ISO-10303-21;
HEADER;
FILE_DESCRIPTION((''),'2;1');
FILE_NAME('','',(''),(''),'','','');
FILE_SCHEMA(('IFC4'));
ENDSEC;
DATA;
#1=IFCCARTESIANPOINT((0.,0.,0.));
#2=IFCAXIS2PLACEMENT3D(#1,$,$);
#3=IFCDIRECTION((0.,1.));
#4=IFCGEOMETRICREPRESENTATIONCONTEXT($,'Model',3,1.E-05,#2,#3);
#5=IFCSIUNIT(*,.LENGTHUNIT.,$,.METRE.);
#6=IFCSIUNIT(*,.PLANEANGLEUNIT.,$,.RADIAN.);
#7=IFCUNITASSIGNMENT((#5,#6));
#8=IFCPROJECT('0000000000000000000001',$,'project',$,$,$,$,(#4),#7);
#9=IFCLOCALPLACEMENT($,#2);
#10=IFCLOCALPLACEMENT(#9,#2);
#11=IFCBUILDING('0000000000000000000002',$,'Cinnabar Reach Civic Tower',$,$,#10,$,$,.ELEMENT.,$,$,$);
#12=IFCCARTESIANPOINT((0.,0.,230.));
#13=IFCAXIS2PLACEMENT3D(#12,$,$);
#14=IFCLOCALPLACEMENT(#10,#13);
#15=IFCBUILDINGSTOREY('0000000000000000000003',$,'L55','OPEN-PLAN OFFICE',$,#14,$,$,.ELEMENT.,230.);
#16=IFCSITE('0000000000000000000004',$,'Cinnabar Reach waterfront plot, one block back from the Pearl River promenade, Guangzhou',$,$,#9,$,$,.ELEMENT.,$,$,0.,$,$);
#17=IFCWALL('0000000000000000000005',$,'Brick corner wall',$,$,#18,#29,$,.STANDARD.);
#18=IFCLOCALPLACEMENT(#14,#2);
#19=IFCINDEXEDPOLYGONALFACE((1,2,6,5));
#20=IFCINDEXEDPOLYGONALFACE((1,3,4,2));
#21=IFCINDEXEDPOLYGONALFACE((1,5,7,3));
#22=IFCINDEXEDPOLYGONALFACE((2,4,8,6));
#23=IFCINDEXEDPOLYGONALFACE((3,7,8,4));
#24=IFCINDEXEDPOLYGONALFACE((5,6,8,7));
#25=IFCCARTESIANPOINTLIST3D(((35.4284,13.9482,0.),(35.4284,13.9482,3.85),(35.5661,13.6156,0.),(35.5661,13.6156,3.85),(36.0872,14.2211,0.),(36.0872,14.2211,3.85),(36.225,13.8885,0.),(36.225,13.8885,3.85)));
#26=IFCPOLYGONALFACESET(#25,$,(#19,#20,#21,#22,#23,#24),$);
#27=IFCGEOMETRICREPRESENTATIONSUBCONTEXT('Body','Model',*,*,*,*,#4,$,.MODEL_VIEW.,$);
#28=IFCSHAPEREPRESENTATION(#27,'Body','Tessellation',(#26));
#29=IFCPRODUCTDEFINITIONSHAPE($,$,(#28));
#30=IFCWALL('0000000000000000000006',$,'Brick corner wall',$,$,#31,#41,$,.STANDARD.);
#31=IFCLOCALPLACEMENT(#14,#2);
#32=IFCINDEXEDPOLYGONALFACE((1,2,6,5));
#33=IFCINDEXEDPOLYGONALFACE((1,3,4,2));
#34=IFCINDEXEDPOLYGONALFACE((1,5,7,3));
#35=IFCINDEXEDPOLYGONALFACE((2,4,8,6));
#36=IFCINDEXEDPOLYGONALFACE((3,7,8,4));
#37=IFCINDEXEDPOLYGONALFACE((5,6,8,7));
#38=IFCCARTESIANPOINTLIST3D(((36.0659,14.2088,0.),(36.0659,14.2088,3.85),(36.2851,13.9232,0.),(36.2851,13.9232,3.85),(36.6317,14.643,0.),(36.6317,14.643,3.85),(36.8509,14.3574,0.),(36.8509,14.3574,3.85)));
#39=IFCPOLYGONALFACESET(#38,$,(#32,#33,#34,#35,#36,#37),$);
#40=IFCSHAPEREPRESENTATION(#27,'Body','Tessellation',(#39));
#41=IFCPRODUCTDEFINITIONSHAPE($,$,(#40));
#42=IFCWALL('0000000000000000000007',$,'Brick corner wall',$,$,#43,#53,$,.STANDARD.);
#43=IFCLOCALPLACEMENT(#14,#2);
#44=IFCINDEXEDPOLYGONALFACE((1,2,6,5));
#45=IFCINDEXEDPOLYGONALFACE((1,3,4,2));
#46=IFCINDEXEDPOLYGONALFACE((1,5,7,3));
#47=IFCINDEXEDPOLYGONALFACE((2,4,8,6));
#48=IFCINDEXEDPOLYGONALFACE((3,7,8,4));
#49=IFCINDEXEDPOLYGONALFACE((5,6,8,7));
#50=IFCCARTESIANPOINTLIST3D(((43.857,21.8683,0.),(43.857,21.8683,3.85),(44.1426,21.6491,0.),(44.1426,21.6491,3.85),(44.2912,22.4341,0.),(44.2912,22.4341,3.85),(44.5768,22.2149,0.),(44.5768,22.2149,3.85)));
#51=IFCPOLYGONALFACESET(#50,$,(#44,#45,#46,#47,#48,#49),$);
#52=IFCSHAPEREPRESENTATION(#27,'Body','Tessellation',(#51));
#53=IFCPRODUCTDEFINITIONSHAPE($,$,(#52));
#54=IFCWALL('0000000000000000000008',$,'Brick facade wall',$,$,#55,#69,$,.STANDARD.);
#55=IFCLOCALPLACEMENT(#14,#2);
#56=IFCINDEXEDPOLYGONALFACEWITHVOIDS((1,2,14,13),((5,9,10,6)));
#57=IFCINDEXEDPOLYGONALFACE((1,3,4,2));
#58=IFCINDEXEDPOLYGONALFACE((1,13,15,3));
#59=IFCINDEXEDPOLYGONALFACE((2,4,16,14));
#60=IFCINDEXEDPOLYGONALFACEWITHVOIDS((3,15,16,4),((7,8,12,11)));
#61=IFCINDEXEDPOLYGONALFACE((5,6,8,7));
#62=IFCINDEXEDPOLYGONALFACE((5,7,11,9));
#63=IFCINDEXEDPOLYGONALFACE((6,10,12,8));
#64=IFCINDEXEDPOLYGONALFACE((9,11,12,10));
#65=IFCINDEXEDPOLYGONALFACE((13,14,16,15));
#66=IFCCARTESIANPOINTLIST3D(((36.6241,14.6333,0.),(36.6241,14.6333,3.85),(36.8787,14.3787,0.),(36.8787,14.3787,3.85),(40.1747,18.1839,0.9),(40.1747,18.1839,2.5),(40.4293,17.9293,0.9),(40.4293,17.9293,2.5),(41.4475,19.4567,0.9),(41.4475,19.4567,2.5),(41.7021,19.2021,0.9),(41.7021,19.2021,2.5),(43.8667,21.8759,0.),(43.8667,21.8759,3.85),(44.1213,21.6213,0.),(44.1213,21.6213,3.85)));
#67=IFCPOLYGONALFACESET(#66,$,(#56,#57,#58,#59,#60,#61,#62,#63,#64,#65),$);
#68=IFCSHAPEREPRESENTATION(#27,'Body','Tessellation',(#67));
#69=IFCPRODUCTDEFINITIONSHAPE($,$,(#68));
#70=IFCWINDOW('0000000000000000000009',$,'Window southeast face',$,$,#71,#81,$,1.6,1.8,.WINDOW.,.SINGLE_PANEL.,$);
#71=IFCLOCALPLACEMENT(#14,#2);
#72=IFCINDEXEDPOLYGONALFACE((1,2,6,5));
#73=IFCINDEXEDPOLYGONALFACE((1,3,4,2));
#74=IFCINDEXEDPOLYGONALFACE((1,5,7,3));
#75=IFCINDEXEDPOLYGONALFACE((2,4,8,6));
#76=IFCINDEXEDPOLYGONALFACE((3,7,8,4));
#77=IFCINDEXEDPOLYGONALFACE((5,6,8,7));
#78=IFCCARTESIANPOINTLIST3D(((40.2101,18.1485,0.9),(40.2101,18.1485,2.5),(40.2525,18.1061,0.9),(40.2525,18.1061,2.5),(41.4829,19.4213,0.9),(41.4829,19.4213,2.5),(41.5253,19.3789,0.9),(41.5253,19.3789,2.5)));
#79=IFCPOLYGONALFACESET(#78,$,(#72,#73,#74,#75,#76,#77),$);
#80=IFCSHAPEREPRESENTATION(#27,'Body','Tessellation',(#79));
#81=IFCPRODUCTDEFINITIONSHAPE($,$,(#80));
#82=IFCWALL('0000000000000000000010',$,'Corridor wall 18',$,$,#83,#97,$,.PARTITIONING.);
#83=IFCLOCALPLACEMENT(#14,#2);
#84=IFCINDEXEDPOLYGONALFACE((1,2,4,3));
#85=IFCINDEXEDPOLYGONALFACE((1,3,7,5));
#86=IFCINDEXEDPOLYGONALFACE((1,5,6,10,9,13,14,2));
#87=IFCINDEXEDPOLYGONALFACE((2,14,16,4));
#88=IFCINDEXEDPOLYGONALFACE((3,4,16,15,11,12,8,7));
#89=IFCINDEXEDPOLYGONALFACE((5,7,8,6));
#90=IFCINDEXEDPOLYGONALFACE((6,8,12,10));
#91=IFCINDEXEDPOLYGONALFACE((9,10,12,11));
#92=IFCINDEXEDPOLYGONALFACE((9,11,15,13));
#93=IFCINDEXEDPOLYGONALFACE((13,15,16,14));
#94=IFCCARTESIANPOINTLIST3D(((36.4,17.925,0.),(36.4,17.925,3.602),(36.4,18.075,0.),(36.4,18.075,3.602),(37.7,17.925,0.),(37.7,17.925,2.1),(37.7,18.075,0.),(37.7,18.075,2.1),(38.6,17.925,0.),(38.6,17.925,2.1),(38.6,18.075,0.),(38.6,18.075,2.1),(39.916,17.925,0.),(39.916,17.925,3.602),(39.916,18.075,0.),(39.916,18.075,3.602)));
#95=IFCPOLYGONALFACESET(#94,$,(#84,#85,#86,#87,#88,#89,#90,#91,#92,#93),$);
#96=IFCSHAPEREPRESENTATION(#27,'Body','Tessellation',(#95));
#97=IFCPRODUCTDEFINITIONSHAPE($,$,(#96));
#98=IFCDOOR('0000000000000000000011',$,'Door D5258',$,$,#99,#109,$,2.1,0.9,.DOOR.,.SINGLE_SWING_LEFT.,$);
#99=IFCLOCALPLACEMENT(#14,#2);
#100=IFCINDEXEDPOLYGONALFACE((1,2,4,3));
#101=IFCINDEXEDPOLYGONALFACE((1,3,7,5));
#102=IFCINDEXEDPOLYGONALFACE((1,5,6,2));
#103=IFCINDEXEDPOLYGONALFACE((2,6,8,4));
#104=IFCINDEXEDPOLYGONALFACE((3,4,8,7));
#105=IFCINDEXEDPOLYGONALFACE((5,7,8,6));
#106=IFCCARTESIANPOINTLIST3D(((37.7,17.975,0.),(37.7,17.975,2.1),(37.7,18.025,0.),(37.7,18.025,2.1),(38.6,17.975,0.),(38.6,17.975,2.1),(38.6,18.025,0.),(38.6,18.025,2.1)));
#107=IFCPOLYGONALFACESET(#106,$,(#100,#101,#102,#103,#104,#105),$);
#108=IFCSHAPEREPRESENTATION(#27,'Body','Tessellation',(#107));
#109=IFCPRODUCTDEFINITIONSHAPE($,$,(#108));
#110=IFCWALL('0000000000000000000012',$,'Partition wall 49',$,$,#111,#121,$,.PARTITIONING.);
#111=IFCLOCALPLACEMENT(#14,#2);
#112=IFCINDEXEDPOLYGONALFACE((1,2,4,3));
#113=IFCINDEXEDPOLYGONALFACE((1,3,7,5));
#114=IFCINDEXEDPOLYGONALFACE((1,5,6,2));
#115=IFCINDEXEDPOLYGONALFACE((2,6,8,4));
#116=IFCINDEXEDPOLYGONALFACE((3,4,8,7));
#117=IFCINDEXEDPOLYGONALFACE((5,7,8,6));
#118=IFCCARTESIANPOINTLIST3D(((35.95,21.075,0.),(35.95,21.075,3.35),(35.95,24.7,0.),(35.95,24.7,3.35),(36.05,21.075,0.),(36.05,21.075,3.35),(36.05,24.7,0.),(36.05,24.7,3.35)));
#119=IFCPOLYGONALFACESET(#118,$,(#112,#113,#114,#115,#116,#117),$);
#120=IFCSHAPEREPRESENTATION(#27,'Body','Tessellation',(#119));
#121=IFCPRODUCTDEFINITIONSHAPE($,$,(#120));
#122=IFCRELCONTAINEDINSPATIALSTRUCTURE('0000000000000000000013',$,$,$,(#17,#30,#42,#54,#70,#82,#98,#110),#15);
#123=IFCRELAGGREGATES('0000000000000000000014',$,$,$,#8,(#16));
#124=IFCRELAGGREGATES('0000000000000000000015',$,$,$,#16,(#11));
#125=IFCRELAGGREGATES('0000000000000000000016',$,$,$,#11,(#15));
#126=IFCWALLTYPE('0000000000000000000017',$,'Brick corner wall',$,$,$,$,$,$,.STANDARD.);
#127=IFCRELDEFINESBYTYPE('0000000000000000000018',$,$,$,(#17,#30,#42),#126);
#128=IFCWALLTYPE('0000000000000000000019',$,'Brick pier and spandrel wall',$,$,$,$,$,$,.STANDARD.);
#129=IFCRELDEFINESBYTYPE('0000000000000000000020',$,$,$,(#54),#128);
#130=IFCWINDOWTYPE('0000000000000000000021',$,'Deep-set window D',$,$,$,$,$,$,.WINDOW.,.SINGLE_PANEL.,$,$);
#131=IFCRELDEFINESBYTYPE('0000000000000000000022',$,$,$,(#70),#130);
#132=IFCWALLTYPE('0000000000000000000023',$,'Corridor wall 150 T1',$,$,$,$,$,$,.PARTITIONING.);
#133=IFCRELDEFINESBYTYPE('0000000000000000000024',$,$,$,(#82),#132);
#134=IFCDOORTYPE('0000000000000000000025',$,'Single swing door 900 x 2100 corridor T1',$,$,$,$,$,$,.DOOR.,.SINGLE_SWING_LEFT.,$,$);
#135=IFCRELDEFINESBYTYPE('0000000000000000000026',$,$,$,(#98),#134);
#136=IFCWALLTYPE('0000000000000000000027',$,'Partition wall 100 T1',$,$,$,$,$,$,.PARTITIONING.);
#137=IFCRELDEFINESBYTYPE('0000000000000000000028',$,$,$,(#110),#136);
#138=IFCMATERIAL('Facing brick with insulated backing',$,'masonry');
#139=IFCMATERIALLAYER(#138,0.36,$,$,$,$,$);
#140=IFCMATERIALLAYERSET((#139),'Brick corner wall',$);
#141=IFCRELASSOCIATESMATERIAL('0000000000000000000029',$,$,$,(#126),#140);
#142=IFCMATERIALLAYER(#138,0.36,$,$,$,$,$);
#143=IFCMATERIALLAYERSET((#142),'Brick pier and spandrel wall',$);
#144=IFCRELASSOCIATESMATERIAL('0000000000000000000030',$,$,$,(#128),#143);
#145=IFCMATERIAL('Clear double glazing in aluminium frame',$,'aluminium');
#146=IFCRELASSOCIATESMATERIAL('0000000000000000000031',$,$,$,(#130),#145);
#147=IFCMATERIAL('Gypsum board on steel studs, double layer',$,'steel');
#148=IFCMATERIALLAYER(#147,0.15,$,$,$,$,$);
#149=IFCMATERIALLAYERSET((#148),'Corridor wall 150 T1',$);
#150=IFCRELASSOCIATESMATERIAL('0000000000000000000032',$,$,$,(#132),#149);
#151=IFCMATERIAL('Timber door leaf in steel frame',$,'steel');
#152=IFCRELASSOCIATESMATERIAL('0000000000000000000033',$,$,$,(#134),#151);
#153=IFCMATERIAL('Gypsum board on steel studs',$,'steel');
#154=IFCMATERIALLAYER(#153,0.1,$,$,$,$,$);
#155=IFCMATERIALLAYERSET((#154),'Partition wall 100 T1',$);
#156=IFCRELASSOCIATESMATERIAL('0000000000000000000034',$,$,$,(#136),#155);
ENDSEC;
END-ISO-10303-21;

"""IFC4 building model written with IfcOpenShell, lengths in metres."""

from ifc_helpers import new_model, si_unit, direction, frame, frame_2d, origin, place, context, subcontext, project, spatial, rectangle, extrude, material, layer, layer_set, type_object, element, fill, save


model = new_model("IFC4")

# Units and contexts
model_context = context("Model", 3, precision=1e-05, world=origin(), true_north=direction((0.0, 1.0)))
body_context = subcontext(model_context, "Body", "Model", "MODEL_VIEW")
ifc_project = project(units=[si_unit("LENGTHUNIT", "METRE"), si_unit("PLANEANGLEUNIT", "RADIAN")], contexts=[model_context])

# Site, building, storey
site_placement = place(None, origin())
site = spatial("IfcSite", under=ifc_project, at=site_placement, Name="Cinnabar Reach waterfront plot, one block back from the Pearl River promenade, Guangzhou", CompositionType="ELEMENT", RefElevation=0.0)
building_placement = place(site_placement, origin())
building = spatial("IfcBuilding", under=site, at=building_placement, Name="Cinnabar Reach Civic Tower", CompositionType="ELEMENT")
storey_placement = place(building_placement, frame((0.0, 0.0, 230.0)))
storey = spatial("IfcBuildingStorey", under=building, at=storey_placement, Name="L55", Description="OPEN-PLAN OFFICE", CompositionType="ELEMENT", Elevation=230.0)

# Walls
ifc_material_1 = material(Name="Facing brick with insulated backing", Category="masonry")
ifc_layer_1 = layer(ifc_material_1, 0.36)
ifc_layer_set_1 = layer_set([ifc_layer_1], Name="Brick corner wall")
wall_type_1 = type_object("IfcWallType", Name="Brick corner wall", PredefinedType="STANDARD", material=ifc_layer_set_1)
wall_1_placement = place(storey_placement, frame((35.4973, 13.7819, 0.0), z_axis=(0.0, 0.0, 1.0), x_axis=(0.923872, 0.382703, 0.0)))
element("IfcWall", 1, at=wall_1_placement, inside=storey, type_object=wall_type_1, Name="Brick corner wall", PredefinedType="STANDARD", context=body_context, shape_type="SweptSolid", body=[
    extrude(rectangle(XDim=0.7131, YDim=0.36, at=frame_2d((0.3565, 0.0))), origin(), (0.0, 0.0, 1.0), 3.85),
])
for number, where, z_axis, x_axis, name in (
    (2, (36.1755, 14.066, 0.0), (0.0, 0.0, 1.0), (0.793322, 0.608802, 0.0), "Brick corner wall"),
    (3, (43.9998, 21.7587, 0.0), (0.0, 0.0, 1.0), (0.608802, 0.793322, 0.0), "Brick corner wall"),
):
    element("IfcWall", number, at=place(storey_placement, frame(where, z_axis=z_axis, x_axis=x_axis)), inside=storey, type_object=wall_type_1, Name=name, PredefinedType="STANDARD", context=body_context, shape_type="SweptSolid", body=[
        extrude(rectangle(XDim=0.7132, YDim=0.36, at=frame_2d((0.3566, 0.0))), origin(), (0.0, 0.0, 1.0), 3.85),
    ])

# Wall, opening, window
ifc_layer_2 = layer(ifc_material_1, 0.36)
ifc_layer_set_2 = layer_set([ifc_layer_2], Name="Brick pier and spandrel wall")
wall_type_2 = type_object("IfcWallType", Name="Brick pier and spandrel wall", PredefinedType="STANDARD", material=ifc_layer_set_2)
wall_2_placement = place(storey_placement, frame((36.7514, 14.506, 0.0), z_axis=(0.0, 0.0, 1.0), x_axis=(0.707107, 0.707107, 0.0)))
wall_2 = element("IfcWall", 4, at=wall_2_placement, inside=storey, type_object=wall_type_2, Name="Brick facade wall", PredefinedType="STANDARD", context=body_context, shape_type="SweptSolid", body=[
    extrude(rectangle(XDim=10.2426, YDim=0.36, at=frame_2d((5.1213, 0.0))), origin(), (0.0, 0.0, 1.0), 3.85),
])
opening_1_placement = place(wall_2_placement, frame((5.0213, 0.0, 0.9)))
opening_1 = element("IfcOpeningElement", 5, at=opening_1_placement, cuts=wall_2, PredefinedType="OPENING", context=body_context, shape_type="SweptSolid", body=[
    extrude(rectangle(XDim=1.8, YDim=1.6, at=frame_2d((0.9, 0.8))), frame((0.0, 0.19, 0.0), z_axis=(0.0, -1.0, 0.0), x_axis=(1.0, 0.0, 0.0)), (0.0, 0.0, 1.0), 0.38),
])
ifc_material_2 = material(Name="Clear double glazing in aluminium frame", Category="aluminium")
window_type = type_object("IfcWindowType", Name="Deep-set window D", PartitioningType="SINGLE_PANEL", PredefinedType="WINDOW", material=ifc_material_2)
window_placement = place(opening_1_placement, origin())
window = element("IfcWindow", 6, at=window_placement, inside=storey, type_object=window_type, Name="Window southeast face", OverallHeight=1.6, OverallWidth=1.8, PartitioningType="SINGLE_PANEL", PredefinedType="WINDOW", context=body_context, shape_type="SweptSolid", body=[
    extrude(rectangle(XDim=1.8, YDim=1.6, at=frame_2d((0.9, 0.8))), frame((0.0, 0.13, 0.0), z_axis=(0.0, -1.0, 0.0), x_axis=(1.0, 0.0, 0.0)), (0.0, 0.0, 1.0), 0.06),
])
fill(opening_1, window)

# Wall, opening, door
ifc_material_3 = material(Name="Gypsum board on steel studs, double layer", Category="steel")
ifc_layer_3 = layer(ifc_material_3, 0.15)
ifc_layer_set_3 = layer_set([ifc_layer_3], Name="Corridor wall 150 T1")
wall_type_3 = type_object("IfcWallType", Name="Corridor wall 150 T1", PredefinedType="PARTITIONING", material=ifc_layer_set_3)
wall_3_placement = place(storey_placement, frame((36.4, 18.0, 0.0), z_axis=(0.0, 0.0, 1.0), x_axis=(1.0, 0.0, 0.0)))
wall_3 = element("IfcWall", 7, at=wall_3_placement, inside=storey, type_object=wall_type_3, Name="Corridor wall 18", PredefinedType="PARTITIONING", context=body_context, shape_type="SweptSolid", body=[
    extrude(rectangle(XDim=3.516, YDim=0.15, at=frame_2d((1.758, 0.0))), origin(), (0.0, 0.0, 1.0), 3.602),
])
opening_2_placement = place(wall_3_placement, frame((1.3, 0.0, 0.0)))
opening_2 = element("IfcOpeningElement", 8, at=opening_2_placement, cuts=wall_3, PredefinedType="OPENING", context=body_context, shape_type="SweptSolid", body=[
    extrude(rectangle(XDim=0.9, YDim=2.1, at=frame_2d((0.45, 1.05))), frame((0.0, 0.085, 0.0), z_axis=(0.0, -1.0, 0.0), x_axis=(1.0, 0.0, 0.0)), (0.0, 0.0, 1.0), 0.17),
])
ifc_material_4 = material(Name="Timber door leaf in steel frame", Category="steel")
door_type = type_object("IfcDoorType", Name="Single swing door 900 x 2100 corridor T1", OperationType="SINGLE_SWING_LEFT", PredefinedType="DOOR", material=ifc_material_4)
door_placement = place(opening_2_placement, frame((0.9, 0.0, 0.0), z_axis=(0.0, 0.0, 1.0), x_axis=(-1.0, 0.0, 0.0)))
door = element("IfcDoor", 9, at=door_placement, inside=storey, type_object=door_type, Name="Door D5258", OperationType="SINGLE_SWING_LEFT", OverallHeight=2.1, OverallWidth=0.9, PredefinedType="DOOR", context=body_context, shape_type="SweptSolid", body=[
    extrude(rectangle(XDim=0.9, YDim=2.1, at=frame_2d((0.45, 1.05))), frame((0.0, 0.025, 0.0), z_axis=(0.0, -1.0, 0.0), x_axis=(1.0, 0.0, 0.0)), (0.0, 0.0, 1.0), 0.05),
])
fill(opening_2, door)

# Wall
ifc_material_5 = material(Name="Gypsum board on steel studs", Category="steel")
ifc_layer_4 = layer(ifc_material_5, 0.1)
ifc_layer_set_4 = layer_set([ifc_layer_4], Name="Partition wall 100 T1")
wall_type_4 = type_object("IfcWallType", Name="Partition wall 100 T1", PredefinedType="PARTITIONING", material=ifc_layer_set_4)
wall_4_placement = place(storey_placement, frame((36.0, 21.075, 0.0), z_axis=(0.0, 0.0, 1.0), x_axis=(0.0, 1.0, 0.0)))
element("IfcWall", 10, at=wall_4_placement, inside=storey, type_object=wall_type_4, Name="Partition wall 49", PredefinedType="PARTITIONING", context=body_context, shape_type="SweptSolid", body=[
    extrude(rectangle(XDim=3.625, YDim=0.1, at=frame_2d((1.8125, 0.0))), origin(), (0.0, 0.0, 1.0), 3.35),
])

save(model, "model.ifc")
